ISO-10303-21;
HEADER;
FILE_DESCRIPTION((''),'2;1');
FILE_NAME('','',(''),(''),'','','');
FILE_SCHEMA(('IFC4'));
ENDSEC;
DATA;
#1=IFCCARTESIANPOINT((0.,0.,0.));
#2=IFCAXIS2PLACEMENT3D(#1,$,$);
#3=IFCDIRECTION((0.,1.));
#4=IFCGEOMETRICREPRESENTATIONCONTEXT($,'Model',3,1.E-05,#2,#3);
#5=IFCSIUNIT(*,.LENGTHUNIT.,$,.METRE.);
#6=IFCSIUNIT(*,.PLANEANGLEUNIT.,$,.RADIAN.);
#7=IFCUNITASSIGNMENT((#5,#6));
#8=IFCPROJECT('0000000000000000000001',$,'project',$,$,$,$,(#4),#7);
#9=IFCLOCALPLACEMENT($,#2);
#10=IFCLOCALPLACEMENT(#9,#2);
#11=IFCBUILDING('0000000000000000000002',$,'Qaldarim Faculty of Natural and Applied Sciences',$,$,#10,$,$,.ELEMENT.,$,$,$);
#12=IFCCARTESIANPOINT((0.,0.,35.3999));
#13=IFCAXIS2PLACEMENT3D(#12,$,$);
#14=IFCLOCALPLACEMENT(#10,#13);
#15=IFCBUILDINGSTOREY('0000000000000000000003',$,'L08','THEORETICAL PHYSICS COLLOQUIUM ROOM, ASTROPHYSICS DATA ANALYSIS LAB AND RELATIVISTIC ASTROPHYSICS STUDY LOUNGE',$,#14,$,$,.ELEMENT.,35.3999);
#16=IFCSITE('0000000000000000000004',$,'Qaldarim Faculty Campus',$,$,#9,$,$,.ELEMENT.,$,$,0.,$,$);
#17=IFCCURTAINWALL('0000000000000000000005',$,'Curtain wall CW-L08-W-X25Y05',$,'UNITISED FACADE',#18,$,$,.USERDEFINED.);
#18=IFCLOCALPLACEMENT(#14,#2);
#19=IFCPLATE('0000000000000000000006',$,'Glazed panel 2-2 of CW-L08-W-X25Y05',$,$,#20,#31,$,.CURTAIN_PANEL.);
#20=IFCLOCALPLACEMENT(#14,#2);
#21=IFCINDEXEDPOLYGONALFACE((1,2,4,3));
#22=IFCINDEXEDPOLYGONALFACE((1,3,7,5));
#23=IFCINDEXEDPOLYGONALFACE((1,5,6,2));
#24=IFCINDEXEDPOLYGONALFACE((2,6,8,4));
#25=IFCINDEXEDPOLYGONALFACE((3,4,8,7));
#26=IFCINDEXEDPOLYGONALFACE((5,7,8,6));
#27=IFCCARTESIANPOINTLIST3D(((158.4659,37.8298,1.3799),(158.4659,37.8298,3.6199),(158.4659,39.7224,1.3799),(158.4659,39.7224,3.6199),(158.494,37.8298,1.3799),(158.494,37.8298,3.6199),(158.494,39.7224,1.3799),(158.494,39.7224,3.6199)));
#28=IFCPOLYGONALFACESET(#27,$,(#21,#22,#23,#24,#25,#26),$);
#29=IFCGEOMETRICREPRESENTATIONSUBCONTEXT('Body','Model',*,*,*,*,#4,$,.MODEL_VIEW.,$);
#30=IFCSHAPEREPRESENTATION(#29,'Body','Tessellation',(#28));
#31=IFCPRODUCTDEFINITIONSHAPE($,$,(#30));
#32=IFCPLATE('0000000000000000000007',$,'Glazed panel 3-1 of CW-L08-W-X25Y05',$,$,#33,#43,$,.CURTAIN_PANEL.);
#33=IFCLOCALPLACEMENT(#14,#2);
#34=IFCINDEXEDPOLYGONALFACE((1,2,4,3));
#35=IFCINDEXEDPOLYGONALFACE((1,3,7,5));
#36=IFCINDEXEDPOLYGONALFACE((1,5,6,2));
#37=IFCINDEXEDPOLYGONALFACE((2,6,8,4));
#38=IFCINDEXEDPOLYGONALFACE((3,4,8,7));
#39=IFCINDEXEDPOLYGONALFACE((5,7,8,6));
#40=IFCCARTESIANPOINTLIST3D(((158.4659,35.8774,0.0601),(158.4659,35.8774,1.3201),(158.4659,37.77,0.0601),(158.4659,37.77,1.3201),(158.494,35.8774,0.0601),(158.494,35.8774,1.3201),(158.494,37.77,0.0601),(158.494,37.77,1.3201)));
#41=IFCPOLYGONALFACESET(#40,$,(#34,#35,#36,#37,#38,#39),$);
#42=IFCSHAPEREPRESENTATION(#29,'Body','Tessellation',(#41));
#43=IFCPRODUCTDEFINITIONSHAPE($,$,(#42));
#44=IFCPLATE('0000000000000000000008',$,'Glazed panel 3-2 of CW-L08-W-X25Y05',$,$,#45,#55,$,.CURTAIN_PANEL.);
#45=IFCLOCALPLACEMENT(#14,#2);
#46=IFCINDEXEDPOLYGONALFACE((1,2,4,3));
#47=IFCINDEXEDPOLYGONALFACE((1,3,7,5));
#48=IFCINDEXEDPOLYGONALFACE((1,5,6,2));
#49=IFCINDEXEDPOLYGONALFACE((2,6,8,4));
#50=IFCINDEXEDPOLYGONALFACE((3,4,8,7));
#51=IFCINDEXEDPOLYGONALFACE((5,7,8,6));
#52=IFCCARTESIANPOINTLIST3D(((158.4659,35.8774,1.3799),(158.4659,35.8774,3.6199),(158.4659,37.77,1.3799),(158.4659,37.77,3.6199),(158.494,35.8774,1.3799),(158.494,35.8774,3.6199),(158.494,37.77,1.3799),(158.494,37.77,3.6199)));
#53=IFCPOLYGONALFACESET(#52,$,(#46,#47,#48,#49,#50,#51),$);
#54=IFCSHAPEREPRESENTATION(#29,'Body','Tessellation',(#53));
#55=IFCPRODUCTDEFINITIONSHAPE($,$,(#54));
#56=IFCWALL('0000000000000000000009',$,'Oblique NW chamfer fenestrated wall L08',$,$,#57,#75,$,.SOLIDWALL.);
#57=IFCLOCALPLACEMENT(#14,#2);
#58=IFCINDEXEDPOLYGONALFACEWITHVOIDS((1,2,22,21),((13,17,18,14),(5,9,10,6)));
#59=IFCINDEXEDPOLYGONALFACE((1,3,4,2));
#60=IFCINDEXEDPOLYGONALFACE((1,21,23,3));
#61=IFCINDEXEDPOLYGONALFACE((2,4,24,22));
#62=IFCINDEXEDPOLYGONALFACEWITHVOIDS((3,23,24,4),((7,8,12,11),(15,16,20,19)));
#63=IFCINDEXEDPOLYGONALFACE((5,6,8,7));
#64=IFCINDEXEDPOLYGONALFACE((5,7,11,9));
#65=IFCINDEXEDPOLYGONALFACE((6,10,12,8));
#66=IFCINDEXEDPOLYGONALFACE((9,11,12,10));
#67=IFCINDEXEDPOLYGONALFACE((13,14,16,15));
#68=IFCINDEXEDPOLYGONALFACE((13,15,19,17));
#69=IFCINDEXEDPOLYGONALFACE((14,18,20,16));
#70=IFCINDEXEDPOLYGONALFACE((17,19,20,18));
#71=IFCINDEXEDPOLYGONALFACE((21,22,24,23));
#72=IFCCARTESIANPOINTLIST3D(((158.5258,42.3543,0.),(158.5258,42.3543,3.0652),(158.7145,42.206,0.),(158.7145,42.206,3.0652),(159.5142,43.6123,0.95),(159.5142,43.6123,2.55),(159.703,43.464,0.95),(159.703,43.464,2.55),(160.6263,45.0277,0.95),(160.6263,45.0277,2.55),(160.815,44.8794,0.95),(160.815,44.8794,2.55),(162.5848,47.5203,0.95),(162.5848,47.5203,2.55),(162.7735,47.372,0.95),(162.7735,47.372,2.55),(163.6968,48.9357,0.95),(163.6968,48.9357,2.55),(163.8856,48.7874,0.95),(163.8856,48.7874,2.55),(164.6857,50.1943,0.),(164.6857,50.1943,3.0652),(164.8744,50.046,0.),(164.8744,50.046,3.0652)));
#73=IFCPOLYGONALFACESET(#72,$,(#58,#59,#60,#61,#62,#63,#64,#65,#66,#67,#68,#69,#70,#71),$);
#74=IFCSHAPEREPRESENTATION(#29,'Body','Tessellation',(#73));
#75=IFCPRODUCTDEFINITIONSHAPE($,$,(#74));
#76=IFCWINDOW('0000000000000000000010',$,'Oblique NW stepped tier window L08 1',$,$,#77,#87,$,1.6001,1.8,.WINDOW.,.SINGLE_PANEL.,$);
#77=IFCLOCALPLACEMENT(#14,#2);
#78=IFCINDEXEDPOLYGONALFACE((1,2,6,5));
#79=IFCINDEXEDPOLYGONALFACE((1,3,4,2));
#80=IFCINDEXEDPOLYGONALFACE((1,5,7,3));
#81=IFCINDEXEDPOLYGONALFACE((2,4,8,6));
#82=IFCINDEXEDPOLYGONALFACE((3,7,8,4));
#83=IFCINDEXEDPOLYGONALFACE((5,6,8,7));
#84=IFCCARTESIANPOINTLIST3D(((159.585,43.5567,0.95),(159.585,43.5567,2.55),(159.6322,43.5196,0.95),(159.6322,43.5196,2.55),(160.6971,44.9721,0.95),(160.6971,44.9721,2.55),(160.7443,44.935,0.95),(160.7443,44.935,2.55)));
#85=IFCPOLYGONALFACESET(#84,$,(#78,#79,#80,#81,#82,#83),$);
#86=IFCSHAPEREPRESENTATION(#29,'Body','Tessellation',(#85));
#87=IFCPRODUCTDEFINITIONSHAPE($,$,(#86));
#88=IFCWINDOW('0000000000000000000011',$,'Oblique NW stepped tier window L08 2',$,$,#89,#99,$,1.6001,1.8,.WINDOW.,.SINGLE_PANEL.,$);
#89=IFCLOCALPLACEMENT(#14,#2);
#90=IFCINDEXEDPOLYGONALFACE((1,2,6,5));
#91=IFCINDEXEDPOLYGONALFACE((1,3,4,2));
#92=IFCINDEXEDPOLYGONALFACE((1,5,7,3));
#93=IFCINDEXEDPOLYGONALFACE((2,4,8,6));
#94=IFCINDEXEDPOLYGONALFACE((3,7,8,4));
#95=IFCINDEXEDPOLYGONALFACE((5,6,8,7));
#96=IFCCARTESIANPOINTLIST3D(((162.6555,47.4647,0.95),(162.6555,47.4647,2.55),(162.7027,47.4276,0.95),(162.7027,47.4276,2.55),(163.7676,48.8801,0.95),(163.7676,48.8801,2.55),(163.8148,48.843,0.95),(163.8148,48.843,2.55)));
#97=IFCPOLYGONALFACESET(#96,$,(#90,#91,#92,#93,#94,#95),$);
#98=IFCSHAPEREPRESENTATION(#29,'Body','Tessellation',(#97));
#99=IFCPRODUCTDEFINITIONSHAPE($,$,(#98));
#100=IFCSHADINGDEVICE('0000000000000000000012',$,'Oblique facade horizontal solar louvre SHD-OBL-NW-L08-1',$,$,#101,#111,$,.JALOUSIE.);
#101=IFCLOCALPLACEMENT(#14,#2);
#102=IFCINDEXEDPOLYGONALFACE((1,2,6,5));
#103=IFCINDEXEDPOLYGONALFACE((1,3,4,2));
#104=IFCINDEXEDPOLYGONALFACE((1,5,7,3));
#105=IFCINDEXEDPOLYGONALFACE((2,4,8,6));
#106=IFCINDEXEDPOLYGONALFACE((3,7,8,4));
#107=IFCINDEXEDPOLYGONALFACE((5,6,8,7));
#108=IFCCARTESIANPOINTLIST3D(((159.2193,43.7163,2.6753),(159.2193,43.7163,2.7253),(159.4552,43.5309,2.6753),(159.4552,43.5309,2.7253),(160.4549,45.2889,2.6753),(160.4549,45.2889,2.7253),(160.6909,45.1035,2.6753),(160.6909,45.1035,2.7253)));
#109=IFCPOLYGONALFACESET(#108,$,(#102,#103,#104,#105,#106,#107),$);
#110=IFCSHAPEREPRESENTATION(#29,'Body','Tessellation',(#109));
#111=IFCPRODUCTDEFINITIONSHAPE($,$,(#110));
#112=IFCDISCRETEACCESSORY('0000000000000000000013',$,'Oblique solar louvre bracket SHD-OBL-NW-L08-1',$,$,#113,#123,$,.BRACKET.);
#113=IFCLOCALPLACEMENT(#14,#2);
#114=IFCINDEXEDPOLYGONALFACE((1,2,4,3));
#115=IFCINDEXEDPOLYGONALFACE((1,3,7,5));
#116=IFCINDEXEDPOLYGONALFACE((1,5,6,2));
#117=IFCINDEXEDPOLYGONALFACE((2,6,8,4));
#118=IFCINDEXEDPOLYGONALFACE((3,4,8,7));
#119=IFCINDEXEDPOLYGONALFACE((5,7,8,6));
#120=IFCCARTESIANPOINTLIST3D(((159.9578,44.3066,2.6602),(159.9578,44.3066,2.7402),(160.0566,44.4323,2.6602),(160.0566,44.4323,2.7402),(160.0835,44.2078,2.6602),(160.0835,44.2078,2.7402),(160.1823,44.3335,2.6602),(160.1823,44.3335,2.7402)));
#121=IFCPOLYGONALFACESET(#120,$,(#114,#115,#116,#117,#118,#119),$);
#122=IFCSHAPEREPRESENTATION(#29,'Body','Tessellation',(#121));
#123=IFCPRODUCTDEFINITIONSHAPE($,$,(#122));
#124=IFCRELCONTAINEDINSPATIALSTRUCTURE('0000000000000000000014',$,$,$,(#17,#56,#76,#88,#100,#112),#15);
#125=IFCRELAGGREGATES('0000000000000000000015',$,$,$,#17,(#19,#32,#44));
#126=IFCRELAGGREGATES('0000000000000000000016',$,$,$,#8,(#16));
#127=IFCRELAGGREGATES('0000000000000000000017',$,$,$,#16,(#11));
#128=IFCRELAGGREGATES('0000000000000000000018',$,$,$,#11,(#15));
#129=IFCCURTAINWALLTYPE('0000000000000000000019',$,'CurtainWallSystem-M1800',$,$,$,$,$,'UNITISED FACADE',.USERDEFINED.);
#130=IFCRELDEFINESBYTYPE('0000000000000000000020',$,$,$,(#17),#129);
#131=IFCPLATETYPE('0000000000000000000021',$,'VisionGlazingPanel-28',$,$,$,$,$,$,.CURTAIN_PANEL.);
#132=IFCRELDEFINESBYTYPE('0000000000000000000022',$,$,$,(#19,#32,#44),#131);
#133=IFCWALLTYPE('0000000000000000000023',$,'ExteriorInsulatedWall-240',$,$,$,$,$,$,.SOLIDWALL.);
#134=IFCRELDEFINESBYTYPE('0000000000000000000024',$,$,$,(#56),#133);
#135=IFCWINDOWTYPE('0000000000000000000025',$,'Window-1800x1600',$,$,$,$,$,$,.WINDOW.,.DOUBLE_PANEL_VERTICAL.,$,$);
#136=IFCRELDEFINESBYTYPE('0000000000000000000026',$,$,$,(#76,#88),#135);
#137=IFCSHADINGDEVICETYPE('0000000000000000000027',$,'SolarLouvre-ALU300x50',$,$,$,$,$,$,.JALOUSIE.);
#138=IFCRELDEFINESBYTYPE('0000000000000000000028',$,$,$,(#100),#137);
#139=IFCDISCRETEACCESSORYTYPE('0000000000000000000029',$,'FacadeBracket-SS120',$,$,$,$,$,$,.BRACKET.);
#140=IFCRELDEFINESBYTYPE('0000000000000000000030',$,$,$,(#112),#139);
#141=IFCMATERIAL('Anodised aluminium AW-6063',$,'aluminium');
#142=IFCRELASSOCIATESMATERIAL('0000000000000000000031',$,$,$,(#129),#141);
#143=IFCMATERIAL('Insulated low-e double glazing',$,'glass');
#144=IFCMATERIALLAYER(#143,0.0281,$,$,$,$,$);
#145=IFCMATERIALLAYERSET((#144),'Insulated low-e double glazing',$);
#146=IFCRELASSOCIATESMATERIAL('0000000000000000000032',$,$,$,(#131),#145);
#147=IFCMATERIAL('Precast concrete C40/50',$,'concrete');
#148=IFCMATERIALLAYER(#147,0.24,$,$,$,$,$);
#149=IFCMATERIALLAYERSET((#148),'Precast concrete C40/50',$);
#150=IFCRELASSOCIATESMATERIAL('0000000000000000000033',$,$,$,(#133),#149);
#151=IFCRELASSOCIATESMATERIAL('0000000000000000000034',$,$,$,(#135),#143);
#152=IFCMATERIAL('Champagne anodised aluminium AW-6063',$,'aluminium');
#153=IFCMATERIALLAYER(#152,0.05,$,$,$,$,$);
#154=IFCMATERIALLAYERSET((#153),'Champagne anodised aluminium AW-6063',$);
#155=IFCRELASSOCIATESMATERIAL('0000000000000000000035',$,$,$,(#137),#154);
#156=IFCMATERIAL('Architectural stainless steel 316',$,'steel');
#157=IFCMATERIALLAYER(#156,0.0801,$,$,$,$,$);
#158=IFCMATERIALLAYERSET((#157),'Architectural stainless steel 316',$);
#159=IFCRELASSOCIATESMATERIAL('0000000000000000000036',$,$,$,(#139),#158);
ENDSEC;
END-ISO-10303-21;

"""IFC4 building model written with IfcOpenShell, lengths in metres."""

from ifc_helpers import new_model, si_unit, direction, frame, frame_2d, origin, origin_2d, place, context, subcontext, project, spatial, rectangle, extrude, material, layer, layer_set, type_object, element, fill, aggregate, save


model = new_model("IFC4")

# Units and contexts
model_context = context("Model", 3, precision=1e-05, world=origin(), true_north=direction((0.0, 1.0)))
body_context = subcontext(model_context, "Body", "Model", "MODEL_VIEW")
ifc_project = project(units=[si_unit("LENGTHUNIT", "METRE"), si_unit("PLANEANGLEUNIT", "RADIAN")], contexts=[model_context])

# Site, building, storey
site_placement = place(None, origin())
site = spatial("IfcSite", under=ifc_project, at=site_placement, Name="Qaldarim Faculty Campus", CompositionType="ELEMENT", RefElevation=0.0)
building_placement = place(site_placement, origin())
building = spatial("IfcBuilding", under=site, at=building_placement, Name="Qaldarim Faculty of Natural and Applied Sciences", CompositionType="ELEMENT")
storey_placement = place(building_placement, frame((0.0, 0.0, 35.3999)))
storey = spatial("IfcBuildingStorey", under=building, at=storey_placement, Name="L08", Description="THEORETICAL PHYSICS COLLOQUIUM ROOM, ASTROPHYSICS DATA ANALYSIS LAB AND RELATIVISTIC ASTROPHYSICS STUDY LOUNGE", CompositionType="ELEMENT", Elevation=35.3999)

# Shared definitions
ifc_material_1 = material(Name="Precast concrete C40/50", Category="concrete")

# Curtain wall, plates
ifc_material_2 = material(Name="Anodised aluminium AW-6063", Category="aluminium")
curtain_wall_type = type_object("IfcCurtainWallType", Name="CurtainWallSystem-M1800", ElementType="UNITISED FACADE", PredefinedType="USERDEFINED", material=ifc_material_2)
curtain_wall_placement = place(storey_placement, origin())
curtain_wall = element("IfcCurtainWall", 1, at=curtain_wall_placement, inside=storey, type_object=curtain_wall_type, Name="Curtain wall CW-L08-W-X25Y05", ObjectType="UNITISED FACADE", PredefinedType="USERDEFINED")
ifc_material_3 = material(Name="Insulated low-e double glazing", Category="glass")
ifc_layer_1 = layer(ifc_material_3, 0.0281)
ifc_layer_set_1 = layer_set([ifc_layer_1], Name="Insulated low-e double glazing")
plate_type = type_object("IfcPlateType", Name="VisionGlazingPanel-28", PredefinedType="CURTAIN_PANEL", material=ifc_layer_set_1)
plate_1_placement = place(storey_placement, frame((158.48, 38.7761, 1.3799), z_axis=(0.0, 0.0, 1.0), x_axis=(0.0, -1.0, 0.0)))
plate_1 = element("IfcPlate", 2, at=plate_1_placement, type_object=plate_type, Name="Glazed panel 2-2 of CW-L08-W-X25Y05", PredefinedType="CURTAIN_PANEL", context=body_context, shape_type="SweptSolid", body=[
    extrude(rectangle(XDim=1.8926, YDim=0.0281, at=origin_2d()), origin(), (0.0, 0.0, 1.0), 2.24),
])
plate_2_placement = place(storey_placement, frame((158.48, 36.8237, 0.0601), z_axis=(0.0, 0.0, 1.0), x_axis=(0.0, -1.0, 0.0)))
plate_2 = element("IfcPlate", 3, at=plate_2_placement, type_object=plate_type, Name="Glazed panel 3-1 of CW-L08-W-X25Y05", PredefinedType="CURTAIN_PANEL", context=body_context, shape_type="SweptSolid", body=[
    extrude(rectangle(XDim=1.8926, YDim=0.0281, at=origin_2d()), origin(), (0.0, 0.0, 1.0), 1.26),
])
plate_3_placement = place(storey_placement, frame((158.48, 36.8237, 1.3799), z_axis=(0.0, 0.0, 1.0), x_axis=(0.0, -1.0, 0.0)))
plate_3 = element("IfcPlate", 4, at=plate_3_placement, type_object=plate_type, Name="Glazed panel 3-2 of CW-L08-W-X25Y05", PredefinedType="CURTAIN_PANEL", context=body_context, shape_type="SweptSolid", body=[
    extrude(rectangle(XDim=1.8926, YDim=0.0281, at=origin_2d()), origin(), (0.0, 0.0, 1.0), 2.24),
])
aggregate(curtain_wall, [plate_1, plate_2, plate_3])

# Wall, openings, windows
ifc_layer_2 = layer(ifc_material_1, 0.24)
ifc_layer_set_2 = layer_set([ifc_layer_2], Name="Precast concrete C40/50")
wall_type_1 = type_object("IfcWallType", Name="ExteriorInsulatedWall-240", PredefinedType="SOLIDWALL", material=ifc_layer_set_2)
wall_1_placement = place(storey_placement, frame((158.6201, 42.28, 0.0), z_axis=(0.0, 0.0, 1.0), x_axis=(0.617812, 0.786326, 0.0)))
wall_1 = element("IfcWall", 5, at=wall_1_placement, inside=storey, type_object=wall_type_1, Name="Oblique NW chamfer fenestrated wall L08", PredefinedType="SOLIDWALL", context=body_context, shape_type="SweptSolid", body=[
    extrude(rectangle(XDim=9.9705, YDim=0.24, at=frame_2d((4.9854, 0.0))), origin(), (0.0, 0.0, 1.0), 3.0652),
])
opening_1_placement = place(wall_1_placement, frame((1.6001, 0.0, 0.95)))
opening_1 = element("IfcOpeningElement", 6, at=opening_1_placement, cuts=wall_1, PredefinedType="OPENING", context=body_context, shape_type="SweptSolid", body=[
    extrude(rectangle(XDim=1.8, YDim=1.6001, at=frame_2d((0.8999, 0.8))), frame((0.0, 0.1299, 0.0), z_axis=(0.0, -1.0, 0.0), x_axis=(1.0, 0.0, 0.0)), (0.0, 0.0, 1.0), 0.26),
])
opening_2_placement = place(wall_1_placement, frame((6.5701, 0.0, 0.95)))
opening_2 = element("IfcOpeningElement", 7, at=opening_2_placement, cuts=wall_1, PredefinedType="OPENING", context=body_context, shape_type="SweptSolid", body=[
    extrude(rectangle(XDim=1.8, YDim=1.6001, at=frame_2d((0.8999, 0.8))), frame((0.0, 0.1299, 0.0), z_axis=(0.0, -1.0, 0.0), x_axis=(1.0, 0.0, 0.0)), (0.0, 0.0, 1.0), 0.26),
])
window_type = type_object("IfcWindowType", Name="Window-1800x1600", PartitioningType="DOUBLE_PANEL_VERTICAL", PredefinedType="WINDOW", material=ifc_material_3)
window_1_placement = place(opening_1_placement, origin())
window_1 = element("IfcWindow", 8, at=window_1_placement, inside=storey, type_object=window_type, Name="Oblique NW stepped tier window L08 1", OverallHeight=1.6001, OverallWidth=1.8, PartitioningType="SINGLE_PANEL", PredefinedType="WINDOW", context=body_context, shape_type="SweptSolid", body=[
    extrude(rectangle(XDim=1.8, YDim=1.6001, at=frame_2d((0.8999, 0.8))), frame((0.0, 0.03, 0.0), z_axis=(0.0, -1.0, 0.0), x_axis=(1.0, 0.0, 0.0)), (0.0, 0.0, 1.0), 0.0601),
])
fill(opening_1, window_1)
window_2_placement = place(opening_2_placement, origin())
window_2 = element("IfcWindow", 9, at=window_2_placement, inside=storey, type_object=window_type, Name="Oblique NW stepped tier window L08 2", OverallHeight=1.6001, OverallWidth=1.8, PartitioningType="SINGLE_PANEL", PredefinedType="WINDOW", context=body_context, shape_type="SweptSolid", body=[
    extrude(rectangle(XDim=1.8, YDim=1.6001, at=frame_2d((0.8999, 0.8))), frame((0.0, 0.03, 0.0), z_axis=(0.0, -1.0, 0.0), x_axis=(1.0, 0.0, 0.0)), (0.0, 0.0, 1.0), 0.0601),
])
fill(opening_2, window_2)

# Shading device
ifc_material_4 = material(Name="Champagne anodised aluminium AW-6063", Category="aluminium")
ifc_layer_3 = layer(ifc_material_4, 0.05)
ifc_layer_set_3 = layer_set([ifc_layer_3], Name="Champagne anodised aluminium AW-6063")
shading_device_type = type_object("IfcShadingDeviceType", Name="SolarLouvre-ALU300x50", PredefinedType="JALOUSIE", material=ifc_layer_set_3)
shading_device_placement = place(storey_placement, frame((159.9551, 44.4099, 2.6753), z_axis=(0.0, 0.0, 1.0), x_axis=(0.617818, 0.786321, 0.0)))
element("IfcShadingDevice", 10, at=shading_device_placement, inside=storey, type_object=shading_device_type, Name="Oblique facade horizontal solar louvre SHD-OBL-NW-L08-1", PredefinedType="JALOUSIE", context=body_context, shape_type="SweptSolid", body=[
    extrude(rectangle(XDim=2.0, YDim=0.3, at=origin_2d()), origin(), (0.0, 0.0, 1.0), 0.05),
])

# Discrete accessory
ifc_material_5 = material(Name="Architectural stainless steel 316", Category="steel")
ifc_layer_4 = layer(ifc_material_5, 0.0801)
ifc_layer_set_4 = layer_set([ifc_layer_4], Name="Architectural stainless steel 316")
discrete_accessory_type = type_object("IfcDiscreteAccessoryType", Name="FacadeBracket-SS120", PredefinedType="BRACKET", material=ifc_layer_set_4)
discrete_accessory_placement = place(storey_placement, frame((160.0701, 44.3201, 2.6602), z_axis=(0.0, 0.0, 1.0), x_axis=(0.617818, 0.786321, 0.0)))
element("IfcDiscreteAccessory", 11, at=discrete_accessory_placement, inside=storey, type_object=discrete_accessory_type, Name="Oblique solar louvre bracket SHD-OBL-NW-L08-1", PredefinedType="BRACKET", context=body_context, shape_type="SweptSolid", body=[
    extrude(rectangle(XDim=0.1599, YDim=0.1599, at=origin_2d()), origin(), (0.0, 0.0, 1.0), 0.0801),
])

save(model, "model.ifc")
